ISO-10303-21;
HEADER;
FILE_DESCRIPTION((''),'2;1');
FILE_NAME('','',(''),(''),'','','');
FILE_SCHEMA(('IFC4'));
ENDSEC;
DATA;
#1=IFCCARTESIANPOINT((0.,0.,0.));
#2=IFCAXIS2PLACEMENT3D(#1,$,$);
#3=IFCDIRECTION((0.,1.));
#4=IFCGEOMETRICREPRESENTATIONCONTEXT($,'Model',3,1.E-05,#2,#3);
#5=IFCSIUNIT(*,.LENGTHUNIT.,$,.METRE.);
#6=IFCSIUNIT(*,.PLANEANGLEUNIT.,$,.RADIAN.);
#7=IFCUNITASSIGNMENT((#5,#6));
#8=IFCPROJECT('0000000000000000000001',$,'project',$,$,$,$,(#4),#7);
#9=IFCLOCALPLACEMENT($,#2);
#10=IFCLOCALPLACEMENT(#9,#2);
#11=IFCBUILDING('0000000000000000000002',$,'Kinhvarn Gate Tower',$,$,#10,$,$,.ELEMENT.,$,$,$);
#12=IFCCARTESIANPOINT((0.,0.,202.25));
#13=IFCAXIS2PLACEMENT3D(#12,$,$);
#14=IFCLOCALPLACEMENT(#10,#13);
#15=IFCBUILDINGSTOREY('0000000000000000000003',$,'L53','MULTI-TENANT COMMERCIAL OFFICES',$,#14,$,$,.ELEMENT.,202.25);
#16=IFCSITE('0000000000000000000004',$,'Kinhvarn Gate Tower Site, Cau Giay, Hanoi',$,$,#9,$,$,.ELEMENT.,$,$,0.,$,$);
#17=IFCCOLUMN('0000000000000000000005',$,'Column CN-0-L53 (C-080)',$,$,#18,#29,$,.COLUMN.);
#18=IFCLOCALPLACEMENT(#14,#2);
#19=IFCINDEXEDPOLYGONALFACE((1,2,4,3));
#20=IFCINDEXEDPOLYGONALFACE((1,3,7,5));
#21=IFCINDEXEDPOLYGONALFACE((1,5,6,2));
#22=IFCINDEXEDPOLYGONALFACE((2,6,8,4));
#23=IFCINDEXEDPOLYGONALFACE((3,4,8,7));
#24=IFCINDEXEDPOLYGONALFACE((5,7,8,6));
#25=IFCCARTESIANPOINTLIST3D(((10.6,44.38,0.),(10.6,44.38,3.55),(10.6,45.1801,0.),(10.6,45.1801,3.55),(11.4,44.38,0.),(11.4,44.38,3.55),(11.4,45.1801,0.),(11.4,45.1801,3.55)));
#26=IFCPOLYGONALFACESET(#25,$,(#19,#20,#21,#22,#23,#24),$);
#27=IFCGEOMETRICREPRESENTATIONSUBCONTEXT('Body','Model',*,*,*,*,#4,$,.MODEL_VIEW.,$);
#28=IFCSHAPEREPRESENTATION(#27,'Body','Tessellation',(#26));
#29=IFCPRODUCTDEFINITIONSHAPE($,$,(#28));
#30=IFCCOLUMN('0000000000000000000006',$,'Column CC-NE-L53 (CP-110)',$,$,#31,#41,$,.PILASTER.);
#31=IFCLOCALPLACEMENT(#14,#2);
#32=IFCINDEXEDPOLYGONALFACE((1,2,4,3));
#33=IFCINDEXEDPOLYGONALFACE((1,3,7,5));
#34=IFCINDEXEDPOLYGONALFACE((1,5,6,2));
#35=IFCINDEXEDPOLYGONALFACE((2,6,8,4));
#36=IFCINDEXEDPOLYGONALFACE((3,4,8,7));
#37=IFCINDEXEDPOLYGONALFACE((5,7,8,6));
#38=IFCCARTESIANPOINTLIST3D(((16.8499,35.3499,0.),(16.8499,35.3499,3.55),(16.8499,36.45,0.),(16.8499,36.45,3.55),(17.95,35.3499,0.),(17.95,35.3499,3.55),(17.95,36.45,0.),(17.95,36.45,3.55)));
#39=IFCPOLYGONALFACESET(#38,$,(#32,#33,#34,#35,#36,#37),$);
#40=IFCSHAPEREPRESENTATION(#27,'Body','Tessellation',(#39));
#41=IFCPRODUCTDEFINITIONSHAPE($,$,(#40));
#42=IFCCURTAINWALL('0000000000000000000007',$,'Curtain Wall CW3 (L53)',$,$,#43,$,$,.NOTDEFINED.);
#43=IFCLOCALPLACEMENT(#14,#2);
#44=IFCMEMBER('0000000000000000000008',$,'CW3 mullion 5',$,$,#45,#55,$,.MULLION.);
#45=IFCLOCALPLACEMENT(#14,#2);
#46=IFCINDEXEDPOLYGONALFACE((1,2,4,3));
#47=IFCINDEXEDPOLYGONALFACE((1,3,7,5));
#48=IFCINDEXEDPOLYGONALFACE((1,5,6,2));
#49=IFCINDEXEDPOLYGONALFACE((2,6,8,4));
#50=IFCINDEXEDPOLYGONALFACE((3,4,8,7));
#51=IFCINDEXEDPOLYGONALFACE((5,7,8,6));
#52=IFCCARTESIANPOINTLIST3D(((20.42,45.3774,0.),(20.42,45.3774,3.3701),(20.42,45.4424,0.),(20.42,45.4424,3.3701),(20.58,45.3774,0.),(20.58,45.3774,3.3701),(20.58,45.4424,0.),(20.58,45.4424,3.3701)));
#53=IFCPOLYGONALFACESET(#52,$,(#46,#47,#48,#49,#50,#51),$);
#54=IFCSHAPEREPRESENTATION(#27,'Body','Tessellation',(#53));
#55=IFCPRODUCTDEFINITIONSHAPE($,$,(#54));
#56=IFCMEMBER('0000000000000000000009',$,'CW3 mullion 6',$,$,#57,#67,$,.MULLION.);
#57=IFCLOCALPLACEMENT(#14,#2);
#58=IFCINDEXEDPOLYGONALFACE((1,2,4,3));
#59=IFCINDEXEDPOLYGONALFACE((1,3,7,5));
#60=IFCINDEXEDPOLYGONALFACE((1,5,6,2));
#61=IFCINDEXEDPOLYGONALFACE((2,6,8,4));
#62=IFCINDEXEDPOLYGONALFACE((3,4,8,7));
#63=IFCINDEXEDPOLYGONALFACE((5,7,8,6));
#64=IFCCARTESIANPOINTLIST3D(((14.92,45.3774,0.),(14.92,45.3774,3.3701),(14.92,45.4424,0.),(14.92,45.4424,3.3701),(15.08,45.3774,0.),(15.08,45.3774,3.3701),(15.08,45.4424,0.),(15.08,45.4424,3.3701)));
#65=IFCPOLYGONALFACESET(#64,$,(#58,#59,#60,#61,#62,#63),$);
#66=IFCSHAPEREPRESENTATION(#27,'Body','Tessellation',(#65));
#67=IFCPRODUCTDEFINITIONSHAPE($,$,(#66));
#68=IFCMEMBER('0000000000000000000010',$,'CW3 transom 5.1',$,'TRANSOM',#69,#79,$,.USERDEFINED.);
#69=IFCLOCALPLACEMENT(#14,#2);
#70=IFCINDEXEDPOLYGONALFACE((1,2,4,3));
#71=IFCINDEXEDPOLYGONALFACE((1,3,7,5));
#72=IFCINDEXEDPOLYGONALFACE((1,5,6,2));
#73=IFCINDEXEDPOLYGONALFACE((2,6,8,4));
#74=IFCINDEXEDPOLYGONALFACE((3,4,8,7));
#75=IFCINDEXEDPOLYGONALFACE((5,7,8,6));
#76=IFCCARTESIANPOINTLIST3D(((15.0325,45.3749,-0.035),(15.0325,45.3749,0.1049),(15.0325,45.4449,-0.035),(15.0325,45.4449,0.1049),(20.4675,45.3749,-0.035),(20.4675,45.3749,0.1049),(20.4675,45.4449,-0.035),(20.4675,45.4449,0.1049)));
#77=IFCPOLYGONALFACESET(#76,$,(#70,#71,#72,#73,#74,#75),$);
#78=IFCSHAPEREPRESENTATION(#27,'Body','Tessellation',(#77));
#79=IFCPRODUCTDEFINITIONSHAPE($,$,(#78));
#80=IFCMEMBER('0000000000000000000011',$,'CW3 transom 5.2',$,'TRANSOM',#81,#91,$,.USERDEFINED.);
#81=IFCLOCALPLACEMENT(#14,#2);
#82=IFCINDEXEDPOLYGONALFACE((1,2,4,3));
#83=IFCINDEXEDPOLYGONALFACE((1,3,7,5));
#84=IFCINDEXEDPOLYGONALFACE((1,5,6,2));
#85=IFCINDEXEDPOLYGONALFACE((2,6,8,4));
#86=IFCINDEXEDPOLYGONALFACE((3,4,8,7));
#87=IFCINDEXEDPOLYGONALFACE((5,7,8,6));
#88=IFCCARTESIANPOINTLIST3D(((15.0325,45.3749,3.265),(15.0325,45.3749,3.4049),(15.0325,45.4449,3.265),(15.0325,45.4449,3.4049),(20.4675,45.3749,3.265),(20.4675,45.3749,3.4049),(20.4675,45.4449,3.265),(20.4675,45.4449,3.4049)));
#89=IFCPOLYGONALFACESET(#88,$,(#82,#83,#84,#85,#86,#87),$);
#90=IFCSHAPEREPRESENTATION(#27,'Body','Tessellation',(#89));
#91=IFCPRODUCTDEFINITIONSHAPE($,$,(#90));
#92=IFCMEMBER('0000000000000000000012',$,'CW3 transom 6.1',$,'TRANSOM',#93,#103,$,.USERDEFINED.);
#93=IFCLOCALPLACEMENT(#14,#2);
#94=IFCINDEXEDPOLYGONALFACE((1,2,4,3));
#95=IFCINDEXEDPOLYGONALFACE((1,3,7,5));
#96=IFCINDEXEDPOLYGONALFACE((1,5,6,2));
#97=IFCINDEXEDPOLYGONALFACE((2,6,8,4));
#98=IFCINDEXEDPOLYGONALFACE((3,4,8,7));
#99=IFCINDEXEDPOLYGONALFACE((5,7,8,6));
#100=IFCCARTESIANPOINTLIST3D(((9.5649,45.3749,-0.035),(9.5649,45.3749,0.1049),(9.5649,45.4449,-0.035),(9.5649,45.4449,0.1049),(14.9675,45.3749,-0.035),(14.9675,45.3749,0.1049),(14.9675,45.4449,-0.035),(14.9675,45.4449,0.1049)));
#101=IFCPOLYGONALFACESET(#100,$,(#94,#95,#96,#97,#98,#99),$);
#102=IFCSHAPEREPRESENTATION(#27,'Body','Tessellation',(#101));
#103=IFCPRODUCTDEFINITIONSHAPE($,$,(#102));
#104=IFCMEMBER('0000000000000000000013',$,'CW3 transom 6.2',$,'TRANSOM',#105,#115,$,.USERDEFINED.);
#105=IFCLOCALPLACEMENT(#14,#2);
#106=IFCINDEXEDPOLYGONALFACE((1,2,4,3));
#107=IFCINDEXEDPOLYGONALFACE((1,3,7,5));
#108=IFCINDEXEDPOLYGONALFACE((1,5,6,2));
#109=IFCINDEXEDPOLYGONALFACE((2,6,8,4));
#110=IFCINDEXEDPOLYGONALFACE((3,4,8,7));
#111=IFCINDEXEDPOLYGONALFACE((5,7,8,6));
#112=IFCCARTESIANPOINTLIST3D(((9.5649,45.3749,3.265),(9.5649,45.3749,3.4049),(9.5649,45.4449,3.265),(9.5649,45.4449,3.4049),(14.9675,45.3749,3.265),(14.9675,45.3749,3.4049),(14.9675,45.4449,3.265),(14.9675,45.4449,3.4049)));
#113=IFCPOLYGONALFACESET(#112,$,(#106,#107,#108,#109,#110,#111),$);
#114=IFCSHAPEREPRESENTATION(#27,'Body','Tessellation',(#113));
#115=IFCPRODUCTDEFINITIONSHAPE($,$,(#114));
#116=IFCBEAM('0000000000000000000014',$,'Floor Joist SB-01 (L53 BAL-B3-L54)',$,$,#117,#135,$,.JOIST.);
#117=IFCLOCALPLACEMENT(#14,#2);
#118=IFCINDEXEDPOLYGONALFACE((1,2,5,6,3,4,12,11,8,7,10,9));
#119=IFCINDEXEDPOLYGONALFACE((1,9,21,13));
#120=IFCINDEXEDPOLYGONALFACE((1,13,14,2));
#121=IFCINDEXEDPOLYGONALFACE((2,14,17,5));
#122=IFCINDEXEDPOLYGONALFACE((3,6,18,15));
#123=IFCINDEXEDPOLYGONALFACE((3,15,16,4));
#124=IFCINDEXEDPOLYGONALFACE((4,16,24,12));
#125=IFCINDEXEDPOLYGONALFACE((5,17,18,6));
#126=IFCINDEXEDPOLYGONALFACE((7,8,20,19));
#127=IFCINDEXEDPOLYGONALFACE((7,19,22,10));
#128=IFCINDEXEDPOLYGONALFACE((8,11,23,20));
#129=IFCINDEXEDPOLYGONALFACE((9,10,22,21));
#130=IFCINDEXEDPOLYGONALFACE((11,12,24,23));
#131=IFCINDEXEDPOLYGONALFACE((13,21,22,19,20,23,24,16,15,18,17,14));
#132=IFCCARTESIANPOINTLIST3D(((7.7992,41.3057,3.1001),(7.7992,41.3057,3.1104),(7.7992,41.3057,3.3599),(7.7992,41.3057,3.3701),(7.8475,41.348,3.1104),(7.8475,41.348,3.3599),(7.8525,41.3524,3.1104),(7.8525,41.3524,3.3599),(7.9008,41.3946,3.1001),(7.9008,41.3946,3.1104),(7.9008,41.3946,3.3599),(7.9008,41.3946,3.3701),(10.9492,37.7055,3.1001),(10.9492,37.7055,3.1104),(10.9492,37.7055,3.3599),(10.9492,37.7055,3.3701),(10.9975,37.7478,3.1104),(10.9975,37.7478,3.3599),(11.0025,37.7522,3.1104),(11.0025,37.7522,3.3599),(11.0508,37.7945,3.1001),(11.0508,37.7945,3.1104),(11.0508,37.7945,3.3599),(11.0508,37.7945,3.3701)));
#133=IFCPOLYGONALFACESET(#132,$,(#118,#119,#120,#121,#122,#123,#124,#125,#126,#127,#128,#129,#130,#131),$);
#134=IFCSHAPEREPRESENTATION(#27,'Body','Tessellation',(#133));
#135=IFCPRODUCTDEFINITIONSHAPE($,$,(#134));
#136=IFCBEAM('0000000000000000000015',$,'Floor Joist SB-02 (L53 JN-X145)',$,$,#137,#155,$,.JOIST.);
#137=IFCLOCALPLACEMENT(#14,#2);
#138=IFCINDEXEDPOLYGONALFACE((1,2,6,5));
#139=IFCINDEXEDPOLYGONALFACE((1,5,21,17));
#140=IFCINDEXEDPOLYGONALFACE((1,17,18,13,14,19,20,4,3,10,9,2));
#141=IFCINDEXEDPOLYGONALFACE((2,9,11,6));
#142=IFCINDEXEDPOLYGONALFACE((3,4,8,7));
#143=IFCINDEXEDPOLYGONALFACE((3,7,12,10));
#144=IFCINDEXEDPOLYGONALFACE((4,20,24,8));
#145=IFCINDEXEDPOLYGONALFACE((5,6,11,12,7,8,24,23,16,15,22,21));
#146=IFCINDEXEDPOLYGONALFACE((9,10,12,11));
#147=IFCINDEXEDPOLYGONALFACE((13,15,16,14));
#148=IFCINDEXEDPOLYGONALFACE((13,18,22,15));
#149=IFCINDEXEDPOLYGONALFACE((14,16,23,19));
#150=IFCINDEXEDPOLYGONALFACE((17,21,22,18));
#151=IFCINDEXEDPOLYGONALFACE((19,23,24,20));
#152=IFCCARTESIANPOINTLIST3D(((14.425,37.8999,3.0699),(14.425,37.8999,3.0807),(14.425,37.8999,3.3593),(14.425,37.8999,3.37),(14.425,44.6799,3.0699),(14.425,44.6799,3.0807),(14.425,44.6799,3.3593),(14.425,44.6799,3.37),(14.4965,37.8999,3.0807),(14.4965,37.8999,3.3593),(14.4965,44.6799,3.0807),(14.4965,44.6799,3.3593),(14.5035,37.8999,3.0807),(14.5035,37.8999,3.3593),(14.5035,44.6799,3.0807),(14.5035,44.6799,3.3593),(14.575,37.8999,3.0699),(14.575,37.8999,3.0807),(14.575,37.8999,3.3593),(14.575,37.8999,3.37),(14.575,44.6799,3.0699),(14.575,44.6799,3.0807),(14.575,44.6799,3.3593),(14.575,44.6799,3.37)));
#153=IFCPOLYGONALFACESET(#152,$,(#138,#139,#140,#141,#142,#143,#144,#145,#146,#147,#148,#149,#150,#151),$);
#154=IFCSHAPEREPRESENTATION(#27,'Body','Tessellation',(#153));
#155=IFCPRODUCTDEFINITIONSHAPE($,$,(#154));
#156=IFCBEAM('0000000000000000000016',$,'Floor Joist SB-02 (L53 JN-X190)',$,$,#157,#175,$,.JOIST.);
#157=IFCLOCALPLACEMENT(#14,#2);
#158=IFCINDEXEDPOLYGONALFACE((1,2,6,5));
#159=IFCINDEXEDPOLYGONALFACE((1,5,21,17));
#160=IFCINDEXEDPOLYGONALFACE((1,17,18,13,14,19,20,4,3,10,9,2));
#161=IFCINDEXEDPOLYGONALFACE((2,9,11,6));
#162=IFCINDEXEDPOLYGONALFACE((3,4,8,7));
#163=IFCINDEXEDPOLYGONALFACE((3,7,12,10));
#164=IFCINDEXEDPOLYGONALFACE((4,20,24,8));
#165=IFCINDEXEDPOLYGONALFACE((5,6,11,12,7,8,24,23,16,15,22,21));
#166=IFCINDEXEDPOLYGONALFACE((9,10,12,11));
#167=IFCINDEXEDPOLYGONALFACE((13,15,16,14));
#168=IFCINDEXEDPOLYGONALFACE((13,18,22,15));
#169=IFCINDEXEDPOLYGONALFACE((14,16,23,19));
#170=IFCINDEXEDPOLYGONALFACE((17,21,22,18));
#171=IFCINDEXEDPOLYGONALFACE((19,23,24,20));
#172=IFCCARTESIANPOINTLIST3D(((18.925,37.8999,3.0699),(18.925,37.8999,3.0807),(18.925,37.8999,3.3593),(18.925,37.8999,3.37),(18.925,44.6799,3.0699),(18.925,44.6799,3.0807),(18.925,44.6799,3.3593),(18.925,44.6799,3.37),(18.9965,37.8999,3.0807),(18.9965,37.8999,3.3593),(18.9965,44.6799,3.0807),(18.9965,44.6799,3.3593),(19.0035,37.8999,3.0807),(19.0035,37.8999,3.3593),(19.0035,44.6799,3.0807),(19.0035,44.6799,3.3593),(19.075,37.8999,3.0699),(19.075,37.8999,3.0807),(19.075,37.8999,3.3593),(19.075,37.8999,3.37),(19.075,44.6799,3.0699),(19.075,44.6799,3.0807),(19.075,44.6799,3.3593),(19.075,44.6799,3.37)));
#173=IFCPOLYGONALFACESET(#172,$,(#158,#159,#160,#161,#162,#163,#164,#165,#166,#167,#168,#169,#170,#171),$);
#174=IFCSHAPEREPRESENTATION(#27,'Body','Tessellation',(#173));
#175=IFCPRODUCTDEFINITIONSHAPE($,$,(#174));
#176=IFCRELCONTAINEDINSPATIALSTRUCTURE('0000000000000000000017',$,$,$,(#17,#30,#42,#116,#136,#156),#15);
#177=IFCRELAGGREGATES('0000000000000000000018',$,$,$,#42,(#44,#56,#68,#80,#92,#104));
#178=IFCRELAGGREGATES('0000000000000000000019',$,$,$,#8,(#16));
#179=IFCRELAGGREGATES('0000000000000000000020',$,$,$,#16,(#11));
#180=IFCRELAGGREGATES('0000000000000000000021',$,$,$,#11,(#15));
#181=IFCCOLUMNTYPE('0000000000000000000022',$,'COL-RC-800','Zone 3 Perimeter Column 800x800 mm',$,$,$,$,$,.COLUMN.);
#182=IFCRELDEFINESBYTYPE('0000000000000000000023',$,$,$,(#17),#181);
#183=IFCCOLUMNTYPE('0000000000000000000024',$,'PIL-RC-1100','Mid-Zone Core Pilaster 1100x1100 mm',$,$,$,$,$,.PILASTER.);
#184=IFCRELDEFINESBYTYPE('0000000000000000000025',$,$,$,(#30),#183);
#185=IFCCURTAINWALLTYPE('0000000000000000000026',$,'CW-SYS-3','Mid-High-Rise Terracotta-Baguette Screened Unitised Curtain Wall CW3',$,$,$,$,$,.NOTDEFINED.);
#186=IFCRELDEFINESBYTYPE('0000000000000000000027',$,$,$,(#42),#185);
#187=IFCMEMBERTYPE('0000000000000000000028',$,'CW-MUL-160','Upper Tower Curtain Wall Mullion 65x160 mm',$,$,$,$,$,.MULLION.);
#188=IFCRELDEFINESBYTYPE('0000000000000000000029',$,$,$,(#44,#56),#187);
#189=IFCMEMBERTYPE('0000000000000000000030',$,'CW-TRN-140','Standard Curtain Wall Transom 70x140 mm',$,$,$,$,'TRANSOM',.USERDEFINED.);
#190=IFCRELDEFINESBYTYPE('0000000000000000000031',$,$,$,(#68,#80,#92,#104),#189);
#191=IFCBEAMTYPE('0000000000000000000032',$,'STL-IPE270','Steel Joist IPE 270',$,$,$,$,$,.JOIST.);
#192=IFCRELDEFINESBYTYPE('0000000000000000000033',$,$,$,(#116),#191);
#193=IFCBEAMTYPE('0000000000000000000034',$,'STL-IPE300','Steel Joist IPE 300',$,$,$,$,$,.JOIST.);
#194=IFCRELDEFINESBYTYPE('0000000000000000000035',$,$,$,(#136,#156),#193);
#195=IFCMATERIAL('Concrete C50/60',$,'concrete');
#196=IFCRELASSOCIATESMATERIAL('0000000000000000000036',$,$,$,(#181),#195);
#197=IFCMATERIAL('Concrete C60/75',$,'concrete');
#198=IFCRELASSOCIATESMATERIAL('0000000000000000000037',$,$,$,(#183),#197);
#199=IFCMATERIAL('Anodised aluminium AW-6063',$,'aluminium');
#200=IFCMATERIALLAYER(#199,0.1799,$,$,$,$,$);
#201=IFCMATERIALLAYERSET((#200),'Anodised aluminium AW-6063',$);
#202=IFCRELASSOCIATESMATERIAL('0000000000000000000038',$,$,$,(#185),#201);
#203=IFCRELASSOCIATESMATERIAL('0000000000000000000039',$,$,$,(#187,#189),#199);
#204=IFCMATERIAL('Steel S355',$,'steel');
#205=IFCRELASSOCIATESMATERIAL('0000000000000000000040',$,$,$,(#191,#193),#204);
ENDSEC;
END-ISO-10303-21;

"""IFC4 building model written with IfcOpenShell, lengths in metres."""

from ifc_helpers import new_model, si_unit, direction, frame, origin, origin_2d, place, context, subcontext, project, spatial, rectangle, i_section, extrude, material, layer, layer_set, material_profile, profile_set, type_object, element, aggregate, save


model = new_model("IFC4")

# Units and contexts
model_context = context("Model", 3, precision=1e-05, world=origin(), true_north=direction((0.0, 1.0)))
body_context = subcontext(model_context, "Body", "Model", "MODEL_VIEW")
ifc_project = project(units=[si_unit("LENGTHUNIT", "METRE"), si_unit("PLANEANGLEUNIT", "RADIAN")], contexts=[model_context])

# Site, building, storey
site_placement = place(None, origin())
site = spatial("IfcSite", under=ifc_project, at=site_placement, Name="Kinhvarn Gate Tower Site, Cau Giay, Hanoi", CompositionType="ELEMENT", RefElevation=0.0)
building_placement = place(site_placement, origin())
building = spatial("IfcBuilding", under=site, at=building_placement, Name="Kinhvarn Gate Tower", CompositionType="ELEMENT")
storey_placement = place(building_placement, frame((0.0, 0.0, 202.25)))
storey = spatial("IfcBuildingStorey", under=building, at=storey_placement, Name="L53", Description="MULTI-TENANT COMMERCIAL OFFICES", CompositionType="ELEMENT", Elevation=202.25)

# Columns
ifc_material_1 = material(Name="Concrete C50/60", Category="concrete")
ifc_material_profile_1 = material_profile(ifc_material_1, rectangle(XDim=0.8, YDim=0.8, at=origin_2d()), Name="RC 800x800")
ifc_profile_set_1 = profile_set([ifc_material_profile_1], Name="Concrete C50/60")
column_type_1 = type_object("IfcColumnType", Name="COL-RC-800", Description="Zone 3 Perimeter Column 800x800 mm", PredefinedType="COLUMN", material=ifc_profile_set_1)
column_1_placement = place(storey_placement, frame((11.0, 44.78, 0.0), z_axis=(0.0, 0.0, 1.0), x_axis=(1.0, 0.0, 0.0)))
element("IfcColumn", 1, at=column_1_placement, inside=storey, type_object=column_type_1, Name="Column CN-0-L53 (C-080)", PredefinedType="COLUMN", context=body_context, shape_type="SweptSolid", body=[
    extrude(rectangle(XDim=0.8, YDim=0.8, at=origin_2d()), origin(), (0.0, 0.0, 1.0), 3.55),
])
ifc_material_2 = material(Name="Concrete C60/75", Category="concrete")
ifc_material_profile_2 = material_profile(ifc_material_2, rectangle(XDim=1.1001, YDim=1.1001, at=origin_2d()), Name="RC 1100x1100")
ifc_profile_set_2 = profile_set([ifc_material_profile_2], Name="Concrete C60/75")
column_type_2 = type_object("IfcColumnType", Name="PIL-RC-1100", Description="Mid-Zone Core Pilaster 1100x1100 mm", PredefinedType="PILASTER", material=ifc_profile_set_2)
column_2_placement = place(storey_placement, frame((17.3999, 35.8999, 0.0), z_axis=(0.0, 0.0, 1.0), x_axis=(1.0, 0.0, 0.0)))
element("IfcColumn", 2, at=column_2_placement, inside=storey, type_object=column_type_2, Name="Column CC-NE-L53 (CP-110)", PredefinedType="PILASTER", context=body_context, shape_type="SweptSolid", body=[
    extrude(rectangle(XDim=1.1001, YDim=1.1001, at=origin_2d()), origin(), (0.0, 0.0, 1.0), 3.55),
])

# Curtain wall, members
ifc_material_3 = material(Name="Anodised aluminium AW-6063", Category="aluminium")
ifc_layer_1 = layer(ifc_material_3, 0.1799)
ifc_layer_set_1 = layer_set([ifc_layer_1], Name="Anodised aluminium AW-6063")
curtain_wall_type = type_object("IfcCurtainWallType", Name="CW-SYS-3", Description="Mid-High-Rise Terracotta-Baguette Screened Unitised Curtain Wall CW3", PredefinedType="NOTDEFINED", material=ifc_layer_set_1)
curtain_wall_placement = place(storey_placement, origin())
curtain_wall = element("IfcCurtainWall", 3, at=curtain_wall_placement, inside=storey, type_object=curtain_wall_type, Name="Curtain Wall CW3 (L53)", PredefinedType="NOTDEFINED")
ifc_material_profile_3 = material_profile(ifc_material_3, rectangle(XDim=0.0649, YDim=0.1599, at=origin_2d()), Name="ALU 65x160")
ifc_profile_set_3 = profile_set([ifc_material_profile_3], Name="Anodised aluminium AW-6063")
member_type_1 = type_object("IfcMemberType", Name="CW-MUL-160", Description="Upper Tower Curtain Wall Mullion 65x160 mm", PredefinedType="MULLION", material=ifc_profile_set_3)
member_1_placement = place(storey_placement, frame((20.5, 45.4099, 0.0), z_axis=(0.0, 0.0, 1.0), x_axis=(0.0, -1.0, 0.0)))
member_1 = element("IfcMember", 4, at=member_1_placement, type_object=member_type_1, Name="CW3 mullion 5", PredefinedType="MULLION", context=body_context, shape_type="SweptSolid", body=[
    extrude(rectangle(XDim=0.0649, YDim=0.1599, at=origin_2d()), origin(), (0.0, 0.0, 1.0), 3.3701),
])
member_2_placement = place(storey_placement, frame((15.0, 45.4099, 0.0), z_axis=(0.0, 0.0, 1.0), x_axis=(0.0, -1.0, 0.0)))
member_2 = element("IfcMember", 5, at=member_2_placement, type_object=member_type_1, Name="CW3 mullion 6", PredefinedType="MULLION", context=body_context, shape_type="SweptSolid", body=[
    extrude(rectangle(XDim=0.0649, YDim=0.1599, at=origin_2d()), origin(), (0.0, 0.0, 1.0), 3.3701),
])
ifc_material_profile_4 = material_profile(ifc_material_3, rectangle(XDim=0.0701, YDim=0.1399, at=origin_2d()), Name="ALU 70x140")
ifc_profile_set_4 = profile_set([ifc_material_profile_4], Name="Anodised aluminium AW-6063")
member_type_2 = type_object("IfcMemberType", Name="CW-TRN-140", Description="Standard Curtain Wall Transom 70x140 mm", ElementType="TRANSOM", PredefinedType="USERDEFINED", material=ifc_profile_set_4)
member_3_placement = place(storey_placement, frame((20.4675, 45.4099, 0.0349), z_axis=(-1.0, 0.0, 0.0), x_axis=(0.0, -1.0, 0.0)))
member_3 = element("IfcMember", 6, at=member_3_placement, type_object=member_type_2, Name="CW3 transom 5.1", ObjectType="TRANSOM", PredefinedType="USERDEFINED", context=body_context, shape_type="SweptSolid", body=[
    extrude(rectangle(XDim=0.0701, YDim=0.1399, at=origin_2d()), origin(), (0.0, 0.0, 1.0), 5.4351),
])
member_4_placement = place(storey_placement, frame((20.4675, 45.4099, 3.335), z_axis=(-1.0, 0.0, 0.0), x_axis=(0.0, -1.0, 0.0)))
member_4 = element("IfcMember", 7, at=member_4_placement, type_object=member_type_2, Name="CW3 transom 5.2", ObjectType="TRANSOM", PredefinedType="USERDEFINED", context=body_context, shape_type="SweptSolid", body=[
    extrude(rectangle(XDim=0.0701, YDim=0.1399, at=origin_2d()), origin(), (0.0, 0.0, 1.0), 5.4351),
])
member_5_placement = place(storey_placement, frame((14.9675, 45.4099, 0.0349), z_axis=(-1.0, 0.0, 0.0), x_axis=(0.0, -1.0, 0.0)))
member_5 = element("IfcMember", 8, at=member_5_placement, type_object=member_type_2, Name="CW3 transom 6.1", ObjectType="TRANSOM", PredefinedType="USERDEFINED", context=body_context, shape_type="SweptSolid", body=[
    extrude(rectangle(XDim=0.0701, YDim=0.1399, at=origin_2d()), origin(), (0.0, 0.0, 1.0), 5.4026),
])
member_6_placement = place(storey_placement, frame((14.9675, 45.4099, 3.335), z_axis=(-1.0, 0.0, 0.0), x_axis=(0.0, -1.0, 0.0)))
member_6 = element("IfcMember", 9, at=member_6_placement, type_object=member_type_2, Name="CW3 transom 6.2", ObjectType="TRANSOM", PredefinedType="USERDEFINED", context=body_context, shape_type="SweptSolid", body=[
    extrude(rectangle(XDim=0.0701, YDim=0.1399, at=origin_2d()), origin(), (0.0, 0.0, 1.0), 5.4026),
])

# Beams
ifc_material_4 = material(Name="Steel S355", Category="steel")
ifc_material_profile_5 = material_profile(ifc_material_4, i_section(OverallWidth=0.135, OverallDepth=0.27, WebThickness=0.0066, FlangeThickness=0.0103, at=origin_2d()), Name="IPE 270")
ifc_profile_set_5 = profile_set([ifc_material_profile_5], Name="Steel S355")
beam_type_1 = type_object("IfcBeamType", Name="STL-IPE270", Description="Steel Joist IPE 270", PredefinedType="JOIST", material=ifc_profile_set_5)
beam_1_placement = place(storey_placement, frame((11.0, 37.75, 3.2351), z_axis=(-0.658483, 0.752596, 0.0), x_axis=(-0.752596, -0.658483, 0.0)))
element("IfcBeam", 10, at=beam_1_placement, inside=storey, type_object=beam_type_1, Name="Floor Joist SB-01 (L53 BAL-B3-L54)", PredefinedType="JOIST", context=body_context, shape_type="SweptSolid", body=[
    extrude(i_section(OverallWidth=0.135, OverallDepth=0.27, WebThickness=0.0066, FlangeThickness=0.0103, at=origin_2d()), origin(), (0.0, 0.0, 1.0), 4.7837),
])
ifc_material_profile_6 = material_profile(ifc_material_4, i_section(OverallWidth=0.1499, OverallDepth=0.3, WebThickness=0.0071, FlangeThickness=0.0107, at=origin_2d()), Name="IPE 300")
ifc_profile_set_6 = profile_set([ifc_material_profile_6], Name="Steel S355")
beam_type_2 = type_object("IfcBeamType", Name="STL-IPE300", Description="Steel Joist IPE 300", PredefinedType="JOIST", material=ifc_profile_set_6)
for number, where, z_axis, x_axis, name in (
    (11, (14.5, 37.8999, 3.22), (0.0, 1.0, 0.0), (-1.0, 0.0, 0.0), "Floor Joist SB-02 (L53 JN-X145)"),
    (12, (19.0, 37.8999, 3.22), (0.0, 1.0, 0.0), (-1.0, 0.0, 0.0), "Floor Joist SB-02 (L53 JN-X190)"),
):
    element("IfcBeam", number, at=place(storey_placement, frame(where, z_axis=z_axis, x_axis=x_axis)), inside=storey, type_object=beam_type_2, Name=name, PredefinedType="JOIST", context=body_context, shape_type="SweptSolid", body=[
        extrude(i_section(OverallWidth=0.1499, OverallDepth=0.3, WebThickness=0.0071, FlangeThickness=0.0107, at=origin_2d()), origin(), (0.0, 0.0, 1.0), 6.78),
    ])

aggregate(curtain_wall, [member_1, member_2, member_3, member_4, member_5, member_6])

save(model, "model.ifc")
